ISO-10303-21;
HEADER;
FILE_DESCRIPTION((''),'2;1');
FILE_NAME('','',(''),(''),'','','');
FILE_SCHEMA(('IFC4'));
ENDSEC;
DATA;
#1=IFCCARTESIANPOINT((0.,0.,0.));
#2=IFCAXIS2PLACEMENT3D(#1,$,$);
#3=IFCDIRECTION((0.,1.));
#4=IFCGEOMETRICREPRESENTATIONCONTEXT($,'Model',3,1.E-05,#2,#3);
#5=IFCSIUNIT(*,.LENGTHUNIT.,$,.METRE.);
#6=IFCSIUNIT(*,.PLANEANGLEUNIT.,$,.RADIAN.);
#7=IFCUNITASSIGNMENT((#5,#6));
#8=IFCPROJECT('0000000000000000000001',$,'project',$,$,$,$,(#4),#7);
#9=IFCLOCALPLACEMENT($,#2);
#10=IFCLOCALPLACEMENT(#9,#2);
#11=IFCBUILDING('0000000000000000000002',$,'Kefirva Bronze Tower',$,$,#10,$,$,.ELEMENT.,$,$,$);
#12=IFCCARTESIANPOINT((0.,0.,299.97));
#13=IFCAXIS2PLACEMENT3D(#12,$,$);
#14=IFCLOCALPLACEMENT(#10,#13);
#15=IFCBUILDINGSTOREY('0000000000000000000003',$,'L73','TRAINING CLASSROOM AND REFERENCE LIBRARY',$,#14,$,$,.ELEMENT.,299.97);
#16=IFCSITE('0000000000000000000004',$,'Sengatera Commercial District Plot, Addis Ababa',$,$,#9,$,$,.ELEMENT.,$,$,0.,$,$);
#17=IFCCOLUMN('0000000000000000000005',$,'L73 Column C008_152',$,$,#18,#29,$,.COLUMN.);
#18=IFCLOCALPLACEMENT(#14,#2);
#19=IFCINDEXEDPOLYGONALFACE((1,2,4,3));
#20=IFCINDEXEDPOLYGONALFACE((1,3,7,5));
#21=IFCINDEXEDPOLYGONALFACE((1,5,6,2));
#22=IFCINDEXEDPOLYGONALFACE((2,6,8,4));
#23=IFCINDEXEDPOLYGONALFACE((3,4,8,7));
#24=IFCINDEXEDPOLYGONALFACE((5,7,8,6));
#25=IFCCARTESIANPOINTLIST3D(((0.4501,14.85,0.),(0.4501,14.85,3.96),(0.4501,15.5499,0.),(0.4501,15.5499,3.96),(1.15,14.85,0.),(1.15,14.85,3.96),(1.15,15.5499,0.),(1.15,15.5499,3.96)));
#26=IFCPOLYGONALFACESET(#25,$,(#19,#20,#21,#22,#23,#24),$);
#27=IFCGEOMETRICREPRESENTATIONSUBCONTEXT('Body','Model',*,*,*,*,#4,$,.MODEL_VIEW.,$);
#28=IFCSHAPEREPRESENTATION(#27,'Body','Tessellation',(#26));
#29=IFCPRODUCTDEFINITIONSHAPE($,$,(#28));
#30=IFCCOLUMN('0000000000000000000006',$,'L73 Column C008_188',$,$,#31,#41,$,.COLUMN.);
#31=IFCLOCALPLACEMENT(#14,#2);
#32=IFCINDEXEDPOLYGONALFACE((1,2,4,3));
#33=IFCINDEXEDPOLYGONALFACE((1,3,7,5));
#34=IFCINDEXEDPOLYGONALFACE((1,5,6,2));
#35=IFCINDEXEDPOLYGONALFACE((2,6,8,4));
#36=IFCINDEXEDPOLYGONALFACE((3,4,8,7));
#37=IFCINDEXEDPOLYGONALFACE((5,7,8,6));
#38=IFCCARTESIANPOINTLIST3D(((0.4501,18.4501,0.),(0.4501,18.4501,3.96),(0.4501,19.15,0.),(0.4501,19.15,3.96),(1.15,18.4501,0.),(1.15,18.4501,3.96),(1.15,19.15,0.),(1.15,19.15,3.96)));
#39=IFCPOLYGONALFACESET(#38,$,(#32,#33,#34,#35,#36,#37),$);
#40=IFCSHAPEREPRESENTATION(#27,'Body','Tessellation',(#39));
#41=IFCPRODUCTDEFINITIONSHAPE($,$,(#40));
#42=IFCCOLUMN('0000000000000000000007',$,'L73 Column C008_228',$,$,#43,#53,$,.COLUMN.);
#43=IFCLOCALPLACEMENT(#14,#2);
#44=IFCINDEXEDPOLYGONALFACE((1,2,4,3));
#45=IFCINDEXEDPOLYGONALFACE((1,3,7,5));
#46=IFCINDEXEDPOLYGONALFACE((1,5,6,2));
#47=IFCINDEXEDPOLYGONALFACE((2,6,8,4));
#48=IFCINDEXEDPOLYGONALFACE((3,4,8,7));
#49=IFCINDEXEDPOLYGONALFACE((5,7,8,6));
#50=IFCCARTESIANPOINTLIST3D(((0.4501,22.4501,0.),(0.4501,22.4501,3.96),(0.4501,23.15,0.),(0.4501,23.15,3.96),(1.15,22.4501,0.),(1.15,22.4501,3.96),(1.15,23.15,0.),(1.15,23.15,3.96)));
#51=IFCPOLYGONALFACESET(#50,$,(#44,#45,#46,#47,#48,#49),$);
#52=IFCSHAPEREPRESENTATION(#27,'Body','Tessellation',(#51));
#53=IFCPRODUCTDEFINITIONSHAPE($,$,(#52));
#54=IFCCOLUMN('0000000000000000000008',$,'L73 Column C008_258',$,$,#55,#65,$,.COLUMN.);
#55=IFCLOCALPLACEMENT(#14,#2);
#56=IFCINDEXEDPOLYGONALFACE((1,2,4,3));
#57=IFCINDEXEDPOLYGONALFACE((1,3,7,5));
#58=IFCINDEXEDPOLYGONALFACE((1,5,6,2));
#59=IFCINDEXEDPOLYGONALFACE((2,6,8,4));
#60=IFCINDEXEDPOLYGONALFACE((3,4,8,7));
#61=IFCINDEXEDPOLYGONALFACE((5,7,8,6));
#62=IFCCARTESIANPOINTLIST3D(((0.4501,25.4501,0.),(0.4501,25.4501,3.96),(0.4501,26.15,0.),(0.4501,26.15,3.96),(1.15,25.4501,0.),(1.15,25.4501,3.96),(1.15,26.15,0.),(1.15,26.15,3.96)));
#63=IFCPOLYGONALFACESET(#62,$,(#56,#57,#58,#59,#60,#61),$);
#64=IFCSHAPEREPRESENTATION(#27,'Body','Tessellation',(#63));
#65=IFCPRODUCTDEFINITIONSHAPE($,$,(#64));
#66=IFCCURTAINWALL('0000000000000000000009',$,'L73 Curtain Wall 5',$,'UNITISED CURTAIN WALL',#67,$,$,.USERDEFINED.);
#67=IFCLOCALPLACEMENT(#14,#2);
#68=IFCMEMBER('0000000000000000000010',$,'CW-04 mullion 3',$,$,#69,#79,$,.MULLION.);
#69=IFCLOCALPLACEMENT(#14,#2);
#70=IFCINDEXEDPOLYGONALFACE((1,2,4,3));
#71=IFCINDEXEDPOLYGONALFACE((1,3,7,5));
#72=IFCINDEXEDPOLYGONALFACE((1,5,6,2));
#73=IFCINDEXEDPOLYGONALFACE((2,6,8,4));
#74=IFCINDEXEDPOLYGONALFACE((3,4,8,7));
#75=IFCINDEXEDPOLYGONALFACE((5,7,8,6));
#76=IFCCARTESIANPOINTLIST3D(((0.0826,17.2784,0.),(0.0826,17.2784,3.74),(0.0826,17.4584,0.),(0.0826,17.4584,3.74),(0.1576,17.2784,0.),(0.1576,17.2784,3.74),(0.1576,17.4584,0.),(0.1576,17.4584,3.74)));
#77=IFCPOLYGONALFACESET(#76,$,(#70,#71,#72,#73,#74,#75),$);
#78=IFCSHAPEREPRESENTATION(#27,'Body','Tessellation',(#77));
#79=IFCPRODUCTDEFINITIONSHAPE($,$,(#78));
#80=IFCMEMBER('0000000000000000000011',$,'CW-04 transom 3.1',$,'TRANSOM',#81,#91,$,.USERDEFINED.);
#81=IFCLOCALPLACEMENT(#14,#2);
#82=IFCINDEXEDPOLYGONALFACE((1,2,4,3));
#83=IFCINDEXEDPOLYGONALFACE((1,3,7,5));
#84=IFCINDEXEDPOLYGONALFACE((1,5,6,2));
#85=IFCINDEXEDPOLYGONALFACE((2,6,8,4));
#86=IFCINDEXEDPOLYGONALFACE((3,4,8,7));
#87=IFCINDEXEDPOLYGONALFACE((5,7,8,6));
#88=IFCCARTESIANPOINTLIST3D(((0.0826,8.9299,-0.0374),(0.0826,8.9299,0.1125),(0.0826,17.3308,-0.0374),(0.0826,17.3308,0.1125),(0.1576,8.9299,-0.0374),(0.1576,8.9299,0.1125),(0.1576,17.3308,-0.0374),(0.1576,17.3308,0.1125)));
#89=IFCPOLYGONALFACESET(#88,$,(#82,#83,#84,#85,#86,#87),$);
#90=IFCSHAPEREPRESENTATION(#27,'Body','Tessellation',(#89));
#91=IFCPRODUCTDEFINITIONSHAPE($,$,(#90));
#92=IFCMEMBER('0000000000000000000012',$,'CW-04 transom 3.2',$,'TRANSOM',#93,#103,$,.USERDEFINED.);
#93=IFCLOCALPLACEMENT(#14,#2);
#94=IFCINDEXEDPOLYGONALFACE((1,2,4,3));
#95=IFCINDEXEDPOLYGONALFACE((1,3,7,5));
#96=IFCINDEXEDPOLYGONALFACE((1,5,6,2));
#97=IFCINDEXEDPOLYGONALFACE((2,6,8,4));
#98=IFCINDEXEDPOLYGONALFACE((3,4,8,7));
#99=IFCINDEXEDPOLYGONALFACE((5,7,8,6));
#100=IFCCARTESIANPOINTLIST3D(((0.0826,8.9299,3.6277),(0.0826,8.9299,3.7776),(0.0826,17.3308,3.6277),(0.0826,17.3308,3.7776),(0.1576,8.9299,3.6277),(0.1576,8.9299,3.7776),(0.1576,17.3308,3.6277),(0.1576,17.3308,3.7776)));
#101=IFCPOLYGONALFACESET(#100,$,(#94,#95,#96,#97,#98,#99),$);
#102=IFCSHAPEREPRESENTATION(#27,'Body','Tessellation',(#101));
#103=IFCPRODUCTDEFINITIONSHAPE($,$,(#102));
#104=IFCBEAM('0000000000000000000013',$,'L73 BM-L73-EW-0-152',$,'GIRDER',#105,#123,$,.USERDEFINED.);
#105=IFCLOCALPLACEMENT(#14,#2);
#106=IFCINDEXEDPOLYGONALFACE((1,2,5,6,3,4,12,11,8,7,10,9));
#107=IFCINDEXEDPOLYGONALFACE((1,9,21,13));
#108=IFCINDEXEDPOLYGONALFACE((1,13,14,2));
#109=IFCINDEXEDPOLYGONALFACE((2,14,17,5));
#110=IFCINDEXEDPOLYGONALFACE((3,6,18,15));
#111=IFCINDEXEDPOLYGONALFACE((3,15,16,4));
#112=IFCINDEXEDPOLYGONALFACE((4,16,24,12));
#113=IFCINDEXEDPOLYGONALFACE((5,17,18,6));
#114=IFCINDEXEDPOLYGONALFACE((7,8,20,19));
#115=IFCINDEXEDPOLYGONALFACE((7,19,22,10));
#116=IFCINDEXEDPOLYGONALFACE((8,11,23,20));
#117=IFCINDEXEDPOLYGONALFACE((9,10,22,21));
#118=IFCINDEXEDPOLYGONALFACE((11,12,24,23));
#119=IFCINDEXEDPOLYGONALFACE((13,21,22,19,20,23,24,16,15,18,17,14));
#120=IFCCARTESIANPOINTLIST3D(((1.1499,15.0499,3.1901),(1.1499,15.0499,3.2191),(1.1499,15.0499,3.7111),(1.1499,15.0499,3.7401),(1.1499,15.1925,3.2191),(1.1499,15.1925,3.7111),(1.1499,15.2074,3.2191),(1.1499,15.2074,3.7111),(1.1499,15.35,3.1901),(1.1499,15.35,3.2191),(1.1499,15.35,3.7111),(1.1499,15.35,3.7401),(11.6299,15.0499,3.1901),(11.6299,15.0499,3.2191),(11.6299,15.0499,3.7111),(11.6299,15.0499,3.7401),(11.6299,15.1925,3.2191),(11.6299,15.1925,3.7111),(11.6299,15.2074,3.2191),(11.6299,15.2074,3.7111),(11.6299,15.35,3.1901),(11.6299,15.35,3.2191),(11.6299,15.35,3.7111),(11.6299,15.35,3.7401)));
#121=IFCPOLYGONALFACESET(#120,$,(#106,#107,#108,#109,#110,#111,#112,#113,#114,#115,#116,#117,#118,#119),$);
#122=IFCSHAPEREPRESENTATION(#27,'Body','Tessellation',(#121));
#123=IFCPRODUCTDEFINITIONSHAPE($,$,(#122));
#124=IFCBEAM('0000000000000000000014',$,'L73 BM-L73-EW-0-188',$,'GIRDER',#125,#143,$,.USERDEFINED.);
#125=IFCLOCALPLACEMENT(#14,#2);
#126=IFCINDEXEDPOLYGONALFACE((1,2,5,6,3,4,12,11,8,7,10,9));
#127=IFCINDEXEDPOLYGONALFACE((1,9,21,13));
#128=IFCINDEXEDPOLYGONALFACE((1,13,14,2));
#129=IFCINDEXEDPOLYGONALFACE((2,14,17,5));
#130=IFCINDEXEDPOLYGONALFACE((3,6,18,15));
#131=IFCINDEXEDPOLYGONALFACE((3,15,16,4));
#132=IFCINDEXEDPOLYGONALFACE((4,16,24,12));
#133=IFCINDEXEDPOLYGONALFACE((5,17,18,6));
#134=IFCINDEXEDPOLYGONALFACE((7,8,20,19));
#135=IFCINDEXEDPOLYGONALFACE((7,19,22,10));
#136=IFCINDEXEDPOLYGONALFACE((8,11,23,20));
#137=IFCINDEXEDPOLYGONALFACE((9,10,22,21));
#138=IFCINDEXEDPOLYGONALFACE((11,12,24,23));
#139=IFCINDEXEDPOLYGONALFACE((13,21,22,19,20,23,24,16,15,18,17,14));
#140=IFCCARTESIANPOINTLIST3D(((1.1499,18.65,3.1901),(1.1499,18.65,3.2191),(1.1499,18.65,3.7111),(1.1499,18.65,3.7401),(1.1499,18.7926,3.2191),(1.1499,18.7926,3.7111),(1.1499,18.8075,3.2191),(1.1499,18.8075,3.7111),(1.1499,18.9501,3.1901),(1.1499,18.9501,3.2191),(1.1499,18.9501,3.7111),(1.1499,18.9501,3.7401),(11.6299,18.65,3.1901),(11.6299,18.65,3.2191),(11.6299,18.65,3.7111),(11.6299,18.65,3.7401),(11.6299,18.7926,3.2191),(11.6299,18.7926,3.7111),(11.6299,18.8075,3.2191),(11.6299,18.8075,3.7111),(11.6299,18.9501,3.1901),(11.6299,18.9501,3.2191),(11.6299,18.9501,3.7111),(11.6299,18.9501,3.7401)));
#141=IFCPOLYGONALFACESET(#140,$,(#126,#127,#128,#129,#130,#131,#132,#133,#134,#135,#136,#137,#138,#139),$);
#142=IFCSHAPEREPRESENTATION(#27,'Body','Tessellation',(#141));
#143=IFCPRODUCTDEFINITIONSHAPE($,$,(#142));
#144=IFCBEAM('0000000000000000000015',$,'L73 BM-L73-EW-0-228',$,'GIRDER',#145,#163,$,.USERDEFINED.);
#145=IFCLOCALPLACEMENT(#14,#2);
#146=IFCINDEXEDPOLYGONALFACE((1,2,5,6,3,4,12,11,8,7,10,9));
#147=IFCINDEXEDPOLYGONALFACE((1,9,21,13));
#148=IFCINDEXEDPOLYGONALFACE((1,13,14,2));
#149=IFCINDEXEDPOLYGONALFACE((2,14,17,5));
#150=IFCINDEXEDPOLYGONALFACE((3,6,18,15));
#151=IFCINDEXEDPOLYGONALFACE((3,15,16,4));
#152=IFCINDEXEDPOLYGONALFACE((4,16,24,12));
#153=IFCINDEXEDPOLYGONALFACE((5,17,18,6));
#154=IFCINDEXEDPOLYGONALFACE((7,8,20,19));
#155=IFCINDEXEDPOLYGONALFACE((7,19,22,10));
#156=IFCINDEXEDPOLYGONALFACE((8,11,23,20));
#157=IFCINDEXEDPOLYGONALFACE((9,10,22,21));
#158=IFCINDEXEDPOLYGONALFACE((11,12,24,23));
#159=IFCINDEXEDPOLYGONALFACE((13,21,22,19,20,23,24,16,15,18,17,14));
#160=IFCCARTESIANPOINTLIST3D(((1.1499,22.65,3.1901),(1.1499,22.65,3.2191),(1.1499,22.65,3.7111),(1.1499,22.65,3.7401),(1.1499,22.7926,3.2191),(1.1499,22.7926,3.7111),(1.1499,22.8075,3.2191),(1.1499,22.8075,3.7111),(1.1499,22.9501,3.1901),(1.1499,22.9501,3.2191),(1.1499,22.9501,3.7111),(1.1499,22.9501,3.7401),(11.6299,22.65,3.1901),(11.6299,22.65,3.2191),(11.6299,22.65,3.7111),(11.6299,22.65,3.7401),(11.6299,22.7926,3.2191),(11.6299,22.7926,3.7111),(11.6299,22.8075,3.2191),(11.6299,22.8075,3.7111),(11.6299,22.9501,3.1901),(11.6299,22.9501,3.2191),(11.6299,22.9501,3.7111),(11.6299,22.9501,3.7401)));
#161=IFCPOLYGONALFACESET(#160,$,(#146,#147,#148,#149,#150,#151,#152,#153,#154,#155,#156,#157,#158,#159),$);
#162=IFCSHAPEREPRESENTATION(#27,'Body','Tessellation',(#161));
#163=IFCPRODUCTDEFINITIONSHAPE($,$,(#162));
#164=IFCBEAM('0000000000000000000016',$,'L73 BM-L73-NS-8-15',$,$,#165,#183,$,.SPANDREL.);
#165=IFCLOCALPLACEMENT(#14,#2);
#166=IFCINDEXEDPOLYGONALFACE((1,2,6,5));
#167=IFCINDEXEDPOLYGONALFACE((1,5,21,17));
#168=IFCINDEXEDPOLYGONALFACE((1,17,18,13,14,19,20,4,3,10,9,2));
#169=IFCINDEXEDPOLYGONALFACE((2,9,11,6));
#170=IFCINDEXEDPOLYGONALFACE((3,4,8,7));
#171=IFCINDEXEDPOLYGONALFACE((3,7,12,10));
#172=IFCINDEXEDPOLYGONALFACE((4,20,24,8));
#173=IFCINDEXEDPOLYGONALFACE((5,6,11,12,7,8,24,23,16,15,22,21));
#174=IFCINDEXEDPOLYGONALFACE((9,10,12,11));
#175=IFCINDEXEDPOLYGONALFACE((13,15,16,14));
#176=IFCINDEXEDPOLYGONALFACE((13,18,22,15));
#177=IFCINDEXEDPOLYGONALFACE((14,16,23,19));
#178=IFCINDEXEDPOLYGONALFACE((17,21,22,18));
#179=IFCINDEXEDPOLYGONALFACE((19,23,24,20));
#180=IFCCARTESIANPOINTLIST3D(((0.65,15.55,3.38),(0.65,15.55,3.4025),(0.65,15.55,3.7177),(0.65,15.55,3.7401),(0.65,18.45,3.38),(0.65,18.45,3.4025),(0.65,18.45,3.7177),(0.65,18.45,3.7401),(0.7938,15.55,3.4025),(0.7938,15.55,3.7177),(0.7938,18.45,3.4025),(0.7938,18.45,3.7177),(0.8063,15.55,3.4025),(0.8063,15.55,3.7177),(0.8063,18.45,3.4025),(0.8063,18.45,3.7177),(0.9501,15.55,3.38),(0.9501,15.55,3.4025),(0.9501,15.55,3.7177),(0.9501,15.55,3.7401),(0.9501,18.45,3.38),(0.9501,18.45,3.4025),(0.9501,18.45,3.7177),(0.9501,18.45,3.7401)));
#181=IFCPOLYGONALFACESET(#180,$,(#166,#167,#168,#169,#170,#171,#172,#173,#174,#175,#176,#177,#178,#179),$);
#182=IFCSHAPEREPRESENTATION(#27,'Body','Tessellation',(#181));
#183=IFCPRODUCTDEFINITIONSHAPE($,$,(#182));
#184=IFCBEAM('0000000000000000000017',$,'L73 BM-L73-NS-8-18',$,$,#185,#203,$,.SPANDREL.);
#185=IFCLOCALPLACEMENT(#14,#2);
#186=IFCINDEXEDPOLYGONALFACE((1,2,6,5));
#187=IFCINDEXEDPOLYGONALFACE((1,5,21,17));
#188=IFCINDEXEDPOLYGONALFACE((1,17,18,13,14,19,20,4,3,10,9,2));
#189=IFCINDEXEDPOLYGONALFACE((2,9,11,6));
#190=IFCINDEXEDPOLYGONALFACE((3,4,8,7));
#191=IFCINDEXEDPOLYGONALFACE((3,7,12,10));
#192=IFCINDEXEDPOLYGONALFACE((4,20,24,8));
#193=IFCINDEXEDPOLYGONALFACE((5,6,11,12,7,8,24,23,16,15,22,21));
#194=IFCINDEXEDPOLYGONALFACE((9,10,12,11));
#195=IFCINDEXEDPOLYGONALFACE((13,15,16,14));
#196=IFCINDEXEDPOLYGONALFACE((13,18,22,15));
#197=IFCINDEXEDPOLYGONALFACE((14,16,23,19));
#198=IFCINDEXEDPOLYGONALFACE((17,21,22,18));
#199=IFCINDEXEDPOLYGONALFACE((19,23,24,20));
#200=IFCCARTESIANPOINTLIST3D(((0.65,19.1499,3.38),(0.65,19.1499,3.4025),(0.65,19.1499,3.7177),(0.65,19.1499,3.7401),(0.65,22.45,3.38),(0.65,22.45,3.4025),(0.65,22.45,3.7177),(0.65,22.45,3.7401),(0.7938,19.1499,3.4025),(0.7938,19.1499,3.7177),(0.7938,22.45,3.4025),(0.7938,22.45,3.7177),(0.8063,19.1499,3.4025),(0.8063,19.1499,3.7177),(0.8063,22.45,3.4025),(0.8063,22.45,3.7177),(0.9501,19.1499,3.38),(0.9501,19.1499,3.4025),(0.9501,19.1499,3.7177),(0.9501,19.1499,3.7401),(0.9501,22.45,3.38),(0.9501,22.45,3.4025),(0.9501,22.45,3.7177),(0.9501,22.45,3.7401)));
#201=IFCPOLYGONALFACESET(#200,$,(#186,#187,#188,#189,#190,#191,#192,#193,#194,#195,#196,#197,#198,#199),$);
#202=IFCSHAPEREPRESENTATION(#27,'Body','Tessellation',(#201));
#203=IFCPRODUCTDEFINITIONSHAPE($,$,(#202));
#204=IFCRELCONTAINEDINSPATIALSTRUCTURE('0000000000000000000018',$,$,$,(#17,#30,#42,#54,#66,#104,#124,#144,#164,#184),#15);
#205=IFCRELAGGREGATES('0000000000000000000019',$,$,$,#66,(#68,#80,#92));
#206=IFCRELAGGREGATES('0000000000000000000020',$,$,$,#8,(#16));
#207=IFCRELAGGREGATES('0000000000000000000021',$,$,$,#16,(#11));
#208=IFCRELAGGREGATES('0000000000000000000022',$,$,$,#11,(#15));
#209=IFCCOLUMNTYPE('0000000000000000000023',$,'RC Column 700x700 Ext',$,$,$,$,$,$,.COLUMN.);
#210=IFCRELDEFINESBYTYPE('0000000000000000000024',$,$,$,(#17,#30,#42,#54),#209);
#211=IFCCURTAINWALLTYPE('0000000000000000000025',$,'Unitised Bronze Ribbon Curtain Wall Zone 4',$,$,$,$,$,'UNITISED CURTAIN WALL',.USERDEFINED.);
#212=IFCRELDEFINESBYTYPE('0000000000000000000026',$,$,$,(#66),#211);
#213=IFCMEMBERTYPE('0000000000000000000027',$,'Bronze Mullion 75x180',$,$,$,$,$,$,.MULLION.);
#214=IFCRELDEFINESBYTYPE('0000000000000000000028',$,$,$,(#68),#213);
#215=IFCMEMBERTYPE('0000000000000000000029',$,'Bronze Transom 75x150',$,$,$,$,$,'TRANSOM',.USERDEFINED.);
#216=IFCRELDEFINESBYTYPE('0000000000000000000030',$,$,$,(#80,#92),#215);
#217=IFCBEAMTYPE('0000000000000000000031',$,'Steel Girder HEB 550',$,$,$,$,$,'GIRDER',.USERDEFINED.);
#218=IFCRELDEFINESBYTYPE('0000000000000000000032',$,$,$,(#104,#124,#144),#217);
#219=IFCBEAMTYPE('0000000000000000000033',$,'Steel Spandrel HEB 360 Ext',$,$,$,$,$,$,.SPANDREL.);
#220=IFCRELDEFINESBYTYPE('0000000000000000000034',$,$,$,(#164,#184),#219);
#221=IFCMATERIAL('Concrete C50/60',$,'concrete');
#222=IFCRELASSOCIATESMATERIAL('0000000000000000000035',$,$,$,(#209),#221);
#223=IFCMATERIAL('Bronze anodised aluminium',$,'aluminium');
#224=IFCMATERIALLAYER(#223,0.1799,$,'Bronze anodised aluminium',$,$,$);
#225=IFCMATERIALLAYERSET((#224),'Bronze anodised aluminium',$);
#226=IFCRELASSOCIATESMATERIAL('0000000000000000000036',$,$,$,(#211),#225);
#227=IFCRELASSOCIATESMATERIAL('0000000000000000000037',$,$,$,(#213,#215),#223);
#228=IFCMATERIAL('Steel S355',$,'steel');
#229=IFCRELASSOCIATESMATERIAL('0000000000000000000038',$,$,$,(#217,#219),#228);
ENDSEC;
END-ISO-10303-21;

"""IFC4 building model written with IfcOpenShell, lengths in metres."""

from ifc_helpers import new_model, si_unit, direction, frame, origin, origin_2d, place, context, subcontext, project, spatial, rectangle, i_section, extrude, material, layer, layer_set, material_profile, profile_set, type_object, element, aggregate, save


model = new_model("IFC4")

# Units and contexts
model_context = context("Model", 3, precision=1e-05, world=origin(), true_north=direction((0.0, 1.0)))
body_context = subcontext(model_context, "Body", "Model", "MODEL_VIEW")
ifc_project = project(units=[si_unit("LENGTHUNIT", "METRE"), si_unit("PLANEANGLEUNIT", "RADIAN")], contexts=[model_context])

# Site, building, storey
site_placement = place(None, origin())
site = spatial("IfcSite", under=ifc_project, at=site_placement, Name="Sengatera Commercial District Plot, Addis Ababa", CompositionType="ELEMENT", RefElevation=0.0)
building_placement = place(site_placement, origin())
building = spatial("IfcBuilding", under=site, at=building_placement, Name="Kefirva Bronze Tower", CompositionType="ELEMENT")
storey_placement = place(building_placement, frame((0.0, 0.0, 299.97)))
storey = spatial("IfcBuildingStorey", under=building, at=storey_placement, Name="L73", Description="TRAINING CLASSROOM AND REFERENCE LIBRARY", CompositionType="ELEMENT", Elevation=299.97)

# Columns
ifc_material_1 = material(Name="Concrete C50/60", Category="concrete")
ifc_material_profile_1 = material_profile(ifc_material_1, rectangle(XDim=0.7, YDim=0.7, at=origin_2d()), Name="RC 700x700")
ifc_profile_set_1 = profile_set([ifc_material_profile_1], Name="Concrete C50/60")
column_type = type_object("IfcColumnType", Name="RC Column 700x700 Ext", PredefinedType="COLUMN", material=ifc_profile_set_1)
for number, where, z_axis, x_axis, name in (
    (1, (0.8, 15.2, 0.0), (0.0, 0.0, 1.0), (1.0, 0.0, 0.0), "L73 Column C008_152"),
    (2, (0.8, 18.8, 0.0), (0.0, 0.0, 1.0), (1.0, 0.0, 0.0), "L73 Column C008_188"),
    (3, (0.8, 22.8, 0.0), (0.0, 0.0, 1.0), (1.0, 0.0, 0.0), "L73 Column C008_228"),
    (4, (0.8, 25.8, 0.0), (0.0, 0.0, 1.0), (1.0, 0.0, 0.0), "L73 Column C008_258"),
):
    element("IfcColumn", number, at=place(storey_placement, frame(where, z_axis=z_axis, x_axis=x_axis)), inside=storey, type_object=column_type, Name=name, PredefinedType="COLUMN", context=body_context, shape_type="SweptSolid", body=[
        extrude(rectangle(XDim=0.7, YDim=0.7, at=origin_2d()), origin(), (0.0, 0.0, 1.0), 3.96),
    ])

# Curtain wall, members
ifc_material_2 = material(Name="Bronze anodised aluminium", Category="aluminium")
ifc_layer_1 = layer(ifc_material_2, 0.1799, Name="Bronze anodised aluminium")
ifc_layer_set_1 = layer_set([ifc_layer_1], Name="Bronze anodised aluminium")
curtain_wall_type = type_object("IfcCurtainWallType", Name="Unitised Bronze Ribbon Curtain Wall Zone 4", ElementType="UNITISED CURTAIN WALL", PredefinedType="USERDEFINED", material=ifc_layer_set_1)
curtain_wall_placement = place(storey_placement, origin())
curtain_wall = element("IfcCurtainWall", 5, at=curtain_wall_placement, inside=storey, type_object=curtain_wall_type, Name="L73 Curtain Wall 5", ObjectType="UNITISED CURTAIN WALL", PredefinedType="USERDEFINED")
ifc_material_profile_2 = material_profile(ifc_material_2, rectangle(XDim=0.075, YDim=0.1799, at=origin_2d()), Name="ALU 75x180")
ifc_profile_set_2 = profile_set([ifc_material_profile_2], Name="Bronze anodised aluminium")
member_type_1 = type_object("IfcMemberType", Name="Bronze Mullion 75x180", PredefinedType="MULLION", material=ifc_profile_set_2)
member_1_placement = place(storey_placement, frame((0.1201, 17.3684, 0.0), z_axis=(0.0, 0.0, 1.0), x_axis=(1.0, 0.0, 0.0)))
member_1 = element("IfcMember", 6, at=member_1_placement, type_object=member_type_1, Name="CW-04 mullion 3", PredefinedType="MULLION", context=body_context, shape_type="SweptSolid", body=[
    extrude(rectangle(XDim=0.075, YDim=0.1799, at=origin_2d()), origin(), (0.0, 0.0, 1.0), 3.74),
])
ifc_material_profile_3 = material_profile(ifc_material_2, rectangle(XDim=0.075, YDim=0.1499, at=origin_2d()), Name="ALU 75x150")
ifc_profile_set_3 = profile_set([ifc_material_profile_3], Name="Bronze anodised aluminium")
member_type_2 = type_object("IfcMemberType", Name="Bronze Transom 75x150", ElementType="TRANSOM", PredefinedType="USERDEFINED", material=ifc_profile_set_3)
member_2_placement = place(storey_placement, frame((0.1201, 17.3308, 0.0376), z_axis=(0.0, -1.0, 0.0), x_axis=(1.0, 0.0, 0.0)))
member_2 = element("IfcMember", 7, at=member_2_placement, type_object=member_type_2, Name="CW-04 transom 3.1", ObjectType="TRANSOM", PredefinedType="USERDEFINED", context=body_context, shape_type="SweptSolid", body=[
    extrude(rectangle(XDim=0.075, YDim=0.1499, at=origin_2d()), origin(), (0.0, 0.0, 1.0), 8.4009),
])
member_3_placement = place(storey_placement, frame((0.1201, 17.3308, 3.7026), z_axis=(0.0, -1.0, 0.0), x_axis=(1.0, 0.0, 0.0)))
member_3 = element("IfcMember", 8, at=member_3_placement, type_object=member_type_2, Name="CW-04 transom 3.2", ObjectType="TRANSOM", PredefinedType="USERDEFINED", context=body_context, shape_type="SweptSolid", body=[
    extrude(rectangle(XDim=0.075, YDim=0.1499, at=origin_2d()), origin(), (0.0, 0.0, 1.0), 8.4009),
])

# Beams
ifc_material_3 = material(Name="Steel S355", Category="steel")
ifc_material_profile_4 = material_profile(ifc_material_3, i_section(OverallWidth=0.3, OverallDepth=0.55, WebThickness=0.0149, FlangeThickness=0.0291, at=origin_2d()), Name="HEB 550")
ifc_profile_set_4 = profile_set([ifc_material_profile_4], Name="Steel S355")
beam_type_1 = type_object("IfcBeamType", Name="Steel Girder HEB 550", ElementType="GIRDER", PredefinedType="USERDEFINED", material=ifc_profile_set_4)
for number, where, z_axis, x_axis, name in (
    (9, (1.1499, 15.2, 3.4651), (1.0, 0.0, 0.0), (0.0, 1.0, 0.0), "L73 BM-L73-EW-0-152"),
    (10, (1.1499, 18.8, 3.4651), (1.0, 0.0, 0.0), (0.0, 1.0, 0.0), "L73 BM-L73-EW-0-188"),
    (11, (1.1499, 22.8, 3.4651), (1.0, 0.0, 0.0), (0.0, 1.0, 0.0), "L73 BM-L73-EW-0-228"),
):
    element("IfcBeam", number, at=place(storey_placement, frame(where, z_axis=z_axis, x_axis=x_axis)), inside=storey, type_object=beam_type_1, Name=name, ObjectType="GIRDER", PredefinedType="USERDEFINED", context=body_context, shape_type="SweptSolid", body=[
        extrude(i_section(OverallWidth=0.3, OverallDepth=0.55, WebThickness=0.0149, FlangeThickness=0.0291, at=origin_2d()), origin(), (0.0, 0.0, 1.0), 10.48),
    ])
ifc_material_profile_5 = material_profile(ifc_material_3, i_section(OverallWidth=0.3, OverallDepth=0.3601, WebThickness=0.0125, FlangeThickness=0.0225, at=origin_2d()), Name="HEB 360")
ifc_profile_set_5 = profile_set([ifc_material_profile_5], Name="Steel S355")
beam_type_2 = type_object("IfcBeamType", Name="Steel Spandrel HEB 360 Ext", PredefinedType="SPANDREL", material=ifc_profile_set_5)
beam_1_placement = place(storey_placement, frame((0.8, 15.55, 3.5601), z_axis=(0.0, 1.0, 0.0), x_axis=(-1.0, 0.0, 0.0)))
element("IfcBeam", 12, at=beam_1_placement, inside=storey, type_object=beam_type_2, Name="L73 BM-L73-NS-8-15", PredefinedType="SPANDREL", context=body_context, shape_type="SweptSolid", body=[
    extrude(i_section(OverallWidth=0.3, OverallDepth=0.3601, WebThickness=0.0125, FlangeThickness=0.0225, at=origin_2d()), origin(), (0.0, 0.0, 1.0), 2.8999),
])
beam_2_placement = place(storey_placement, frame((0.8, 19.1499, 3.5601), z_axis=(0.0, 1.0, 0.0), x_axis=(-1.0, 0.0, 0.0)))
element("IfcBeam", 13, at=beam_2_placement, inside=storey, type_object=beam_type_2, Name="L73 BM-L73-NS-8-18", PredefinedType="SPANDREL", context=body_context, shape_type="SweptSolid", body=[
    extrude(i_section(OverallWidth=0.3, OverallDepth=0.3601, WebThickness=0.0125, FlangeThickness=0.0225, at=origin_2d()), origin(), (0.0, 0.0, 1.0), 3.3),
])

aggregate(curtain_wall, [member_1, member_2, member_3])

save(model, "model.ifc")
